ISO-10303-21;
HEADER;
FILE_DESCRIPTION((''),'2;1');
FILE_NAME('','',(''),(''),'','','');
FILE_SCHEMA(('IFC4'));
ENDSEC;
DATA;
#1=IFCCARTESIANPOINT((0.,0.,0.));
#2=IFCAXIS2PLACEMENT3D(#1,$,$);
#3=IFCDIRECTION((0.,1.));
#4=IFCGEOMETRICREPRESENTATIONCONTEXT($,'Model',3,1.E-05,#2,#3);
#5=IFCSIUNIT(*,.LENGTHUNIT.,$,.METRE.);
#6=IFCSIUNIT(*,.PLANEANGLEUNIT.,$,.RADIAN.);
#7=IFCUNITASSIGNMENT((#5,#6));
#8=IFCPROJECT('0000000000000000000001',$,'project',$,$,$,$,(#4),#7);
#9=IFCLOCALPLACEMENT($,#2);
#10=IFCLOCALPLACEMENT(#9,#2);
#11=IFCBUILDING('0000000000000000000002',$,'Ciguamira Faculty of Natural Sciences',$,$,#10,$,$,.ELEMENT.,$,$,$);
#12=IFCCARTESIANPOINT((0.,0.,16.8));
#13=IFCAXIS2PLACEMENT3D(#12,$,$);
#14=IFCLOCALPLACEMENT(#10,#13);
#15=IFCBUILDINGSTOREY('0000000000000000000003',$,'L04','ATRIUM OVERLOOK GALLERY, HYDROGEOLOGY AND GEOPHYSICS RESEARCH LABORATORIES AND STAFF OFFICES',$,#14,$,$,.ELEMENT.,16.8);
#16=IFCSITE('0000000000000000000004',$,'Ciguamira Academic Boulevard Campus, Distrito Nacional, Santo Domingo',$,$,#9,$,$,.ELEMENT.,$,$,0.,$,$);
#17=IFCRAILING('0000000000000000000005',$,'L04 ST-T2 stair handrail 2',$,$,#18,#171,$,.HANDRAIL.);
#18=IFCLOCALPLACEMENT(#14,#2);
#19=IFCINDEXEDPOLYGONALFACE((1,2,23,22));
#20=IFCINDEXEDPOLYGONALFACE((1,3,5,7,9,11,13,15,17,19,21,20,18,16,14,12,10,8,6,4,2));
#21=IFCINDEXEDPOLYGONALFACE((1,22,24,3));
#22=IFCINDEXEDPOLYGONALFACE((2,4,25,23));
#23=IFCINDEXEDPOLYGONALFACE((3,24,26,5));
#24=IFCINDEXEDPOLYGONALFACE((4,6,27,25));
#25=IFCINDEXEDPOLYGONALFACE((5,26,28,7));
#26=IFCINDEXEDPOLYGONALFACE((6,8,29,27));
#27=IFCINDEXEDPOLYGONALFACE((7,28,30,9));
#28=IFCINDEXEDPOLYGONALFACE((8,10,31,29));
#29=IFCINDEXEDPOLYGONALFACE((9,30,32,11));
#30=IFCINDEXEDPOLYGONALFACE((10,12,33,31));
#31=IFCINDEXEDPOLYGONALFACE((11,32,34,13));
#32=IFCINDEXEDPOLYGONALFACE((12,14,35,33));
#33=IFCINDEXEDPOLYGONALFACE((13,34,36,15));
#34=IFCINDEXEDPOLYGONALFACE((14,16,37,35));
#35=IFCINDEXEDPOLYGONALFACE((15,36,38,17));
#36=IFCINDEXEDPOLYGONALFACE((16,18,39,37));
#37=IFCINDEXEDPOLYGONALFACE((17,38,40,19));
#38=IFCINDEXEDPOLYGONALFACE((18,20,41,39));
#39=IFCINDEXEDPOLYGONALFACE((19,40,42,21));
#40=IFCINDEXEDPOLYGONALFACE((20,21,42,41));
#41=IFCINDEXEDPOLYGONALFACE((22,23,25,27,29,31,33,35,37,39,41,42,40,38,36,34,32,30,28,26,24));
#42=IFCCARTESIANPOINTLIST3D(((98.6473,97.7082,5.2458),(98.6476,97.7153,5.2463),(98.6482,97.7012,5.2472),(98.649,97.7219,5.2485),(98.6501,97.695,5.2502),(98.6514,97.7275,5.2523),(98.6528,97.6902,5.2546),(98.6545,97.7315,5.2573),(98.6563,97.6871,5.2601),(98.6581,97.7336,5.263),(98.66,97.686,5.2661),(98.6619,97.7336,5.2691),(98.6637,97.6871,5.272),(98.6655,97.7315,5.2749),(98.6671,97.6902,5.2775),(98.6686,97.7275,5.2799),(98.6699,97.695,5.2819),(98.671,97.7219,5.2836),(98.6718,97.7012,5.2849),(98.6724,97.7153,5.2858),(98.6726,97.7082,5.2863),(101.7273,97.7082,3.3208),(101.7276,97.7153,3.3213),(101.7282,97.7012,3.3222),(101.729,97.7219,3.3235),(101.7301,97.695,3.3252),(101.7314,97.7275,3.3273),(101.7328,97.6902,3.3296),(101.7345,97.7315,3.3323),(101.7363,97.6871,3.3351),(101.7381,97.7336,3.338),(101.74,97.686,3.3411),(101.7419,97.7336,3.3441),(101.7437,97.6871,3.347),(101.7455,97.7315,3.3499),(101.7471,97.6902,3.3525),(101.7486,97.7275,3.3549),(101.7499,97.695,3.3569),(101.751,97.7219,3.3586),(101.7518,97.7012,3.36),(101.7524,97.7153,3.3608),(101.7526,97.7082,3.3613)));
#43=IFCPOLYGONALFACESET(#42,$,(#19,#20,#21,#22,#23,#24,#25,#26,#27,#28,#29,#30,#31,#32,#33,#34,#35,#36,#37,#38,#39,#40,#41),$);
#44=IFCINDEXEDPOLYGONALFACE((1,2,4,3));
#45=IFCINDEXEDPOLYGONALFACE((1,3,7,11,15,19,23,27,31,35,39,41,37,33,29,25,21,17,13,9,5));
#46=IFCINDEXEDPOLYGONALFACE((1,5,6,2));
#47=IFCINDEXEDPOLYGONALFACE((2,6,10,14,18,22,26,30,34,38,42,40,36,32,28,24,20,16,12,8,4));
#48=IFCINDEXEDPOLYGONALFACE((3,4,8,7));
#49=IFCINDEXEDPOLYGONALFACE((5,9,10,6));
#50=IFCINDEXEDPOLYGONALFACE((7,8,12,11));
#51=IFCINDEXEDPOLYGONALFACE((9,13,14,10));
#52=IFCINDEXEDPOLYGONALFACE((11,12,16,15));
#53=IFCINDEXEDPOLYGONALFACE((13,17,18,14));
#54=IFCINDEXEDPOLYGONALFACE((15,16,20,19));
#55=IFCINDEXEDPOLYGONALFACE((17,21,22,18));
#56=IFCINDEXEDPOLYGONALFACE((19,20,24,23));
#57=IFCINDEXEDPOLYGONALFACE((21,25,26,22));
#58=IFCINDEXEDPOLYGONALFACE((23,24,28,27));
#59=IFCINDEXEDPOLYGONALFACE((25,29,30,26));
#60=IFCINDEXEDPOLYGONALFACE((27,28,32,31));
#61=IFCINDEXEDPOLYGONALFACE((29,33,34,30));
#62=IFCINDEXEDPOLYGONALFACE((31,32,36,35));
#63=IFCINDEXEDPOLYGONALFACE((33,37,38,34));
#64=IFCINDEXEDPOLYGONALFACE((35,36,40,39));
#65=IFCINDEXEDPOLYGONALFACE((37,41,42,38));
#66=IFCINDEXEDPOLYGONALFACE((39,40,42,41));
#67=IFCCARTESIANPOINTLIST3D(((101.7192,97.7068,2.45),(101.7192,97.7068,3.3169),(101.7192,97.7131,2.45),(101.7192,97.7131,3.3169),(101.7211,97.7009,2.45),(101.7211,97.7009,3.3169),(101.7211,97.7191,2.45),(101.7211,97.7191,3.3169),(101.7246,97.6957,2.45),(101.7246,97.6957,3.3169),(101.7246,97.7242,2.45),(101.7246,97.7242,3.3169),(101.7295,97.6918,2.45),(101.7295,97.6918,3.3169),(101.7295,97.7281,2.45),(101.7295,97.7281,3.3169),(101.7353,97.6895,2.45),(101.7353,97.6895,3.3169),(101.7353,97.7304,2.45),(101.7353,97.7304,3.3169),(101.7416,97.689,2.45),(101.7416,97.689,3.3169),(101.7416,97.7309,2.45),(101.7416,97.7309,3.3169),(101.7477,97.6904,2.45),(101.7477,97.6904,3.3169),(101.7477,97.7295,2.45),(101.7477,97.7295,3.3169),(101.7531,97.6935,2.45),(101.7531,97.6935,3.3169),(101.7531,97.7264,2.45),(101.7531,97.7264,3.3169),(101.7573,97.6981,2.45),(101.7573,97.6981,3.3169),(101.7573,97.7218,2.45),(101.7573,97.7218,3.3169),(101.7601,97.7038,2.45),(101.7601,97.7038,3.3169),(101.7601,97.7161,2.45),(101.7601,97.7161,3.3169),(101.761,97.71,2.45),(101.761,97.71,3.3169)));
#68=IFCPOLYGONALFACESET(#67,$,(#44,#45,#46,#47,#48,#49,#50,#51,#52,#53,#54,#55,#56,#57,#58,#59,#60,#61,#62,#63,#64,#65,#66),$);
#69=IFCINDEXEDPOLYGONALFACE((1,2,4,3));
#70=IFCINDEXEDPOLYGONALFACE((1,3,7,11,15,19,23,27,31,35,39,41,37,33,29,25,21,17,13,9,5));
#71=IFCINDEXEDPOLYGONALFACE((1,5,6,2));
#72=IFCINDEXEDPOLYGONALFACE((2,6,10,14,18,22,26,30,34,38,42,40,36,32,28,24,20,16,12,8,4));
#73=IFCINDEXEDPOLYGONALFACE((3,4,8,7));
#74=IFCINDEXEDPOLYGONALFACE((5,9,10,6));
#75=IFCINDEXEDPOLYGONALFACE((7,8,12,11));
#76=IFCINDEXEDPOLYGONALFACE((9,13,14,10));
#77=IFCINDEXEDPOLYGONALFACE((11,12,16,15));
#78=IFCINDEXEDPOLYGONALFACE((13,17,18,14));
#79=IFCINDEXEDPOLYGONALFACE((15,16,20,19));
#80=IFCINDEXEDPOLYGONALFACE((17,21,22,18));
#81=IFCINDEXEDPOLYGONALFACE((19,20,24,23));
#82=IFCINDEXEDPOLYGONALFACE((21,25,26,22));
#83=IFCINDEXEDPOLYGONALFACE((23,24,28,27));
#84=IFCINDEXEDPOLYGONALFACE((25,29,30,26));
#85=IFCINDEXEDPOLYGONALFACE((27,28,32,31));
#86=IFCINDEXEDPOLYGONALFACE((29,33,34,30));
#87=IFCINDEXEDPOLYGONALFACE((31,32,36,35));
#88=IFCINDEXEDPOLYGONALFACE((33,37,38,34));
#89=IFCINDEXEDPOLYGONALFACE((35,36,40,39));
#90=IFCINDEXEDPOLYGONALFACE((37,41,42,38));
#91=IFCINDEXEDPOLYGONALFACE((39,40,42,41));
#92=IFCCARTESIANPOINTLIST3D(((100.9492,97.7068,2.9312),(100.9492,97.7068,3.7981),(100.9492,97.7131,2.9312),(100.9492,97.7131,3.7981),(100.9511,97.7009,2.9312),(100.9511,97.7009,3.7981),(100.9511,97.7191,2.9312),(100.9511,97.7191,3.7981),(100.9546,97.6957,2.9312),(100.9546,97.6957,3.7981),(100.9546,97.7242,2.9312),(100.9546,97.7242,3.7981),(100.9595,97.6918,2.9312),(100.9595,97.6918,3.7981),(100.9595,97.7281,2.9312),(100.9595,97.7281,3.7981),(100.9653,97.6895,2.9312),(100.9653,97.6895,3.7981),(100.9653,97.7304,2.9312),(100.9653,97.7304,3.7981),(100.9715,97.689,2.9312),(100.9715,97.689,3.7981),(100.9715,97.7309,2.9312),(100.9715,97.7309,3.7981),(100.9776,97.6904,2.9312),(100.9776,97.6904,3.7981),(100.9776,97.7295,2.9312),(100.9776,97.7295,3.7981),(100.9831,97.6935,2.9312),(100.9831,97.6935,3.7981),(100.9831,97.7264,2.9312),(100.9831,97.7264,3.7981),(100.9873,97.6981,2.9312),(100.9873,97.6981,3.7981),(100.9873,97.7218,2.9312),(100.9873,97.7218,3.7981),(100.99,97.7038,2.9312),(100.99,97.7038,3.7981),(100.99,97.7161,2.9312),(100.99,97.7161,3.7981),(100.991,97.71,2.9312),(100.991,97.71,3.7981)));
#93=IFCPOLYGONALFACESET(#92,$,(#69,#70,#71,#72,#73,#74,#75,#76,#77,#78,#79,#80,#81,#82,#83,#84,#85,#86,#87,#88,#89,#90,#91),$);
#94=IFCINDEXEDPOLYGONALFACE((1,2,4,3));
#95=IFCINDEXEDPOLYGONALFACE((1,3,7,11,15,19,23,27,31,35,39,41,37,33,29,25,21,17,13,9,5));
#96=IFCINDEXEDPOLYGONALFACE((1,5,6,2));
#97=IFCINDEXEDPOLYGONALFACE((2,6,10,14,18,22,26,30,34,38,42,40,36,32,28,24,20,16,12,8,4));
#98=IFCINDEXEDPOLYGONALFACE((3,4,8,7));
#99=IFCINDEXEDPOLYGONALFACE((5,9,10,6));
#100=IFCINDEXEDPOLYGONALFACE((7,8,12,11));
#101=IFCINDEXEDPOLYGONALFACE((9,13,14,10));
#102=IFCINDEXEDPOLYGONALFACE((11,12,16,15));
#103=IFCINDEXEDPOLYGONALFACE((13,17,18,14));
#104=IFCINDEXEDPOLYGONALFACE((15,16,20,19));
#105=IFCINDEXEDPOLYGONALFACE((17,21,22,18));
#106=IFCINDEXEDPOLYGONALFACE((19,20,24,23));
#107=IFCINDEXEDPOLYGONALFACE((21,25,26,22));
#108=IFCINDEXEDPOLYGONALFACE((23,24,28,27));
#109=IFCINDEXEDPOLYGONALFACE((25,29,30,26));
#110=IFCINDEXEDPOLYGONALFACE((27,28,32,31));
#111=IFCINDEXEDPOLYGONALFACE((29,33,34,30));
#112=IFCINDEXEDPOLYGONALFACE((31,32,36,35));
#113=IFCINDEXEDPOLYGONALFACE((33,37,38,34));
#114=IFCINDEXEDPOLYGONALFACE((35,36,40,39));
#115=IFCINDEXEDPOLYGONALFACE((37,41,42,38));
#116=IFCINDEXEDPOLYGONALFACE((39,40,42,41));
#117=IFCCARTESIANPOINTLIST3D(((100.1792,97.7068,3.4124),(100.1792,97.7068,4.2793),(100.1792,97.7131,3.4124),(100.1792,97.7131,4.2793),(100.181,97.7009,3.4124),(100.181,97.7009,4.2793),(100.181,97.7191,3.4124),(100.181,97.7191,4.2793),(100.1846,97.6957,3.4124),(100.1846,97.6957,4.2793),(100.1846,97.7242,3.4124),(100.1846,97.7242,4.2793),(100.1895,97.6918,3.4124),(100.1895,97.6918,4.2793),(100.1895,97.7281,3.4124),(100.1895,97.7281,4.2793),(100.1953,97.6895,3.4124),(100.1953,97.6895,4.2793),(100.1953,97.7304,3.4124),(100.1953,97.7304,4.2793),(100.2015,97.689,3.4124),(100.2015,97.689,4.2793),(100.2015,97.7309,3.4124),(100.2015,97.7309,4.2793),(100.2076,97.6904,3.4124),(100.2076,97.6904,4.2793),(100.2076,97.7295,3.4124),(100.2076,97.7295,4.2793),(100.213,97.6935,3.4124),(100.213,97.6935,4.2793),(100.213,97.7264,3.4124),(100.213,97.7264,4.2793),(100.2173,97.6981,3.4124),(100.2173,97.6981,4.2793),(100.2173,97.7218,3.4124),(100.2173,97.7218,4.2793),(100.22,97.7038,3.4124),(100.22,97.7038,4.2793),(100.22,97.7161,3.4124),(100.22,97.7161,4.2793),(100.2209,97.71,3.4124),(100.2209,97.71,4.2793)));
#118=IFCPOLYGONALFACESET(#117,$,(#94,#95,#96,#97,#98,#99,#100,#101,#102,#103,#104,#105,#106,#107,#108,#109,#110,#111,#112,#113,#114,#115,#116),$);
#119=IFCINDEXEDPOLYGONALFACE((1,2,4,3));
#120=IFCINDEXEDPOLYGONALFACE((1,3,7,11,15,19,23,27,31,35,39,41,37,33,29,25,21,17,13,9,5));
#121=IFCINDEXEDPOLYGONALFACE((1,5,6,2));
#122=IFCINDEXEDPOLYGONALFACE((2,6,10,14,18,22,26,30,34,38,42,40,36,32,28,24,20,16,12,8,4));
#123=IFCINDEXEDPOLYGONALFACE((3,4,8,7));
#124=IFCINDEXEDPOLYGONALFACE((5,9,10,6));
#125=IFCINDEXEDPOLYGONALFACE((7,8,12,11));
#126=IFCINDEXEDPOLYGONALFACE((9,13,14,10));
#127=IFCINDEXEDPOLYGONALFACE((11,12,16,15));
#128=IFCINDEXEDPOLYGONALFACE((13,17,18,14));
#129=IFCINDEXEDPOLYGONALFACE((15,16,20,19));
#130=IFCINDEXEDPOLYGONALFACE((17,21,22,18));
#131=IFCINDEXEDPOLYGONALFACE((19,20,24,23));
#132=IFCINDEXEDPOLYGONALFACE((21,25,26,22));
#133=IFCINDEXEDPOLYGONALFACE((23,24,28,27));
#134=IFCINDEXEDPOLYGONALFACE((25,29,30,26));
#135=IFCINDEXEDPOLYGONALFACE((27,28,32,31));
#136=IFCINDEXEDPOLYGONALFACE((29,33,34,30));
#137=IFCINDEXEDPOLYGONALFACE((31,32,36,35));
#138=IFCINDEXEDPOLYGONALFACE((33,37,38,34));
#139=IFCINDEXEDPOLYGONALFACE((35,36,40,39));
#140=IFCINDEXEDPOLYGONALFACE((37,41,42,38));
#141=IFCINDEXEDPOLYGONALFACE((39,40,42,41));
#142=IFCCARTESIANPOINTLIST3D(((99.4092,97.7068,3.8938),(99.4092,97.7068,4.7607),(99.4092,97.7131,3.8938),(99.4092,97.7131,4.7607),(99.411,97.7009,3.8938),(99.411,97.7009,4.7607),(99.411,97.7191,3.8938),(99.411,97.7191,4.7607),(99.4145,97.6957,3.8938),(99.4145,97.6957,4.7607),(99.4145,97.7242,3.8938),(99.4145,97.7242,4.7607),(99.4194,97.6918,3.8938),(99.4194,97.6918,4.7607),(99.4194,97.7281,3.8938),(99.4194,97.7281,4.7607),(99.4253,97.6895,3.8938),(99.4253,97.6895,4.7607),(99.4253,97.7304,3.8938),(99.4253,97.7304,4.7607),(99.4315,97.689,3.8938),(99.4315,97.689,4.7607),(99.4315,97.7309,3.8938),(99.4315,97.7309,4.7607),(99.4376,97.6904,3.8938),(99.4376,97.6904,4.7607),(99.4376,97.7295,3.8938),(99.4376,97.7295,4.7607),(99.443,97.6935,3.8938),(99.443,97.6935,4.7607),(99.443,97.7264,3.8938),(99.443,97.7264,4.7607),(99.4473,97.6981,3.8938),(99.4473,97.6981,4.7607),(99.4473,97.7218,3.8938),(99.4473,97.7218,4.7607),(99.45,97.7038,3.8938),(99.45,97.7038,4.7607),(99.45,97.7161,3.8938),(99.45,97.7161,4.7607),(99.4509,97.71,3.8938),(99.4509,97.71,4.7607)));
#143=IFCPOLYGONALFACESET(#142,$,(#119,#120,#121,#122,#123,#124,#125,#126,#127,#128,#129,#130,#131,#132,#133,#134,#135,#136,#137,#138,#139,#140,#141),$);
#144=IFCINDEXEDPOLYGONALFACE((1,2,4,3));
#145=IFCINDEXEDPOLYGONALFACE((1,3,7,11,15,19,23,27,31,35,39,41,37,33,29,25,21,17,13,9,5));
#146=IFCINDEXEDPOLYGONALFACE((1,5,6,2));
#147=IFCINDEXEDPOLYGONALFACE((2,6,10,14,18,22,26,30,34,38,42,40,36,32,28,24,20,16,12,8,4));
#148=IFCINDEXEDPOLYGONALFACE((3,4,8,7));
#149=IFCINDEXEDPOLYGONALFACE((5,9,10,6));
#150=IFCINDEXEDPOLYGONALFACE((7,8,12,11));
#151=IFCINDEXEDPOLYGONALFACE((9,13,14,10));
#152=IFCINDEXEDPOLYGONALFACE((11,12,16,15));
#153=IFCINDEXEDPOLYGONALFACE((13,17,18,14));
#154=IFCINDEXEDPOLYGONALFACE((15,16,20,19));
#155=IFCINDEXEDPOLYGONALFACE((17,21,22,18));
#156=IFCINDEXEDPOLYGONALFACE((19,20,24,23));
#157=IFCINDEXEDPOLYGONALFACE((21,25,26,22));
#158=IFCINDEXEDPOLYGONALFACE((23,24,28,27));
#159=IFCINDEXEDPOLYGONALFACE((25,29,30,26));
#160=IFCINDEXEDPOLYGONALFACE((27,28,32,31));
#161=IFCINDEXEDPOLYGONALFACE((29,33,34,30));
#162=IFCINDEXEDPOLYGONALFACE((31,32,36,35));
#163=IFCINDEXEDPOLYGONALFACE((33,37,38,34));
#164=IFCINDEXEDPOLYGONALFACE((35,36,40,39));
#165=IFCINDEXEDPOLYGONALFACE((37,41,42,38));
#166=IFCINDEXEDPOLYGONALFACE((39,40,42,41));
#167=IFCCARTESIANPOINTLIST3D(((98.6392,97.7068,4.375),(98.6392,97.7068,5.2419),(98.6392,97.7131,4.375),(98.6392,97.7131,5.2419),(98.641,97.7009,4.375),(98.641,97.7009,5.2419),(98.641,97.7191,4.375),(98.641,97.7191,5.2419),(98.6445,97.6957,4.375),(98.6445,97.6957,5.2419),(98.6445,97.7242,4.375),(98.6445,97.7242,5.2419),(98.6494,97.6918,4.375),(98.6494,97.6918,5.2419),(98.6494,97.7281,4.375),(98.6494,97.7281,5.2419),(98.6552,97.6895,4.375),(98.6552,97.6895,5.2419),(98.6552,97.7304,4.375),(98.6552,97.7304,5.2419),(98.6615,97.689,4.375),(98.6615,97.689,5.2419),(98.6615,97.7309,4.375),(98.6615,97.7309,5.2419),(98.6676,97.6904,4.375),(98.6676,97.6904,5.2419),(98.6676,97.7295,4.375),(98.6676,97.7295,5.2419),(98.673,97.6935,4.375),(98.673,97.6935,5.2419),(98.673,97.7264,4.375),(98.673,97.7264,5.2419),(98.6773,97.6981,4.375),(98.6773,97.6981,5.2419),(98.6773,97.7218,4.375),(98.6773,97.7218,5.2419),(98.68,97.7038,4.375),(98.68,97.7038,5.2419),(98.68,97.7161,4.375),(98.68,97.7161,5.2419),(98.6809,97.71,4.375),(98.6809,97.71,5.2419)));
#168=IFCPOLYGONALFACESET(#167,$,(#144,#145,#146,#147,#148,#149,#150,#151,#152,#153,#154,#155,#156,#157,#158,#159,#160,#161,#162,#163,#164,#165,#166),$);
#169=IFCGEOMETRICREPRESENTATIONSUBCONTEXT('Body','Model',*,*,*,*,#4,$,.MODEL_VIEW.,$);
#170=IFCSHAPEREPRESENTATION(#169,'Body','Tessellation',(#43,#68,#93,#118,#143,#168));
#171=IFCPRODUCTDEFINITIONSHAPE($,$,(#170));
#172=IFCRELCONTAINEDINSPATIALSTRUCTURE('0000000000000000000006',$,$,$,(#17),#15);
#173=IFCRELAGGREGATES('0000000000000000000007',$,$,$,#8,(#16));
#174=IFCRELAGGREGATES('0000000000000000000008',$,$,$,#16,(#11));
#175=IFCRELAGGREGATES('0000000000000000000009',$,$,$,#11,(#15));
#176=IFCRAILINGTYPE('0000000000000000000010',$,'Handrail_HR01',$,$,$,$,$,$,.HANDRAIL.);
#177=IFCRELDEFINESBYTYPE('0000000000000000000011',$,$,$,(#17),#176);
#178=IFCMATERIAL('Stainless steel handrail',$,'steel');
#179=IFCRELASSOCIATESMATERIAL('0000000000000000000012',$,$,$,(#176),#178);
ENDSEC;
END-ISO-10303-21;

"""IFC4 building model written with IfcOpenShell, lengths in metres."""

from ifc_helpers import new_model, si_unit, direction, frame, origin, origin_2d, place, context, subcontext, project, spatial, circle, extrude, material, type_object, element, save


model = new_model("IFC4")

# Units and contexts
model_context = context("Model", 3, precision=1e-05, world=origin(), true_north=direction((0.0, 1.0)))
body_context = subcontext(model_context, "Body", "Model", "MODEL_VIEW")
ifc_project = project(units=[si_unit("LENGTHUNIT", "METRE"), si_unit("PLANEANGLEUNIT", "RADIAN")], contexts=[model_context])

# Site, building, storey
site_placement = place(None, origin())
site = spatial("IfcSite", under=ifc_project, at=site_placement, Name="Ciguamira Academic Boulevard Campus, Distrito Nacional, Santo Domingo", CompositionType="ELEMENT", RefElevation=0.0)
building_placement = place(site_placement, origin())
building = spatial("IfcBuilding", under=site, at=building_placement, Name="Ciguamira Faculty of Natural Sciences", CompositionType="ELEMENT")
storey_placement = place(building_placement, frame((0.0, 0.0, 16.8)))
storey = spatial("IfcBuildingStorey", under=building, at=storey_placement, Name="L04", Description="ATRIUM OVERLOOK GALLERY, HYDROGEOLOGY AND GEOPHYSICS RESEARCH LABORATORIES AND STAFF OFFICES", CompositionType="ELEMENT", Elevation=16.8)

# Railing
ifc_material_1 = material(Name="Stainless steel handrail", Category="steel")
railing_type = type_object("IfcRailingType", Name="Handrail_HR01", PredefinedType="HANDRAIL", material=ifc_material_1)
railing_placement = place(storey_placement, frame((101.74, 97.71, 2.45)))
element("IfcRailing", 1, at=railing_placement, inside=storey, type_object=railing_type, Name="L04 ST-T2 stair handrail 2", PredefinedType="HANDRAIL", context=body_context, shape_type="SweptSolid", body=[
    extrude(circle(Radius=0.0239, at=origin_2d()), frame((0.0, 0.0, 0.8911), z_axis=(-0.847998, 0.0, 0.529999), x_axis=(0.0, -1.0, 0.0)), (0.0, 0.0, 1.0), 3.6321),
    extrude(circle(Radius=0.021, at=origin_2d()), origin(), (0.0, 0.0, 1.0), 0.8669),
    extrude(circle(Radius=0.021, at=origin_2d()), frame((-0.77, 0.0, 0.4812)), (0.0, 0.0, 1.0), 0.8669),
    extrude(circle(Radius=0.021, at=origin_2d()), frame((-1.54, 0.0, 0.9624)), (0.0, 0.0, 1.0), 0.8669),
    extrude(circle(Radius=0.021, at=origin_2d()), frame((-2.3101, 0.0, 1.4438)), (0.0, 0.0, 1.0), 0.8669),
    extrude(circle(Radius=0.021, at=origin_2d()), frame((-3.0801, 0.0, 1.925)), (0.0, 0.0, 1.0), 0.8669),
])

save(model, "model.ifc")
